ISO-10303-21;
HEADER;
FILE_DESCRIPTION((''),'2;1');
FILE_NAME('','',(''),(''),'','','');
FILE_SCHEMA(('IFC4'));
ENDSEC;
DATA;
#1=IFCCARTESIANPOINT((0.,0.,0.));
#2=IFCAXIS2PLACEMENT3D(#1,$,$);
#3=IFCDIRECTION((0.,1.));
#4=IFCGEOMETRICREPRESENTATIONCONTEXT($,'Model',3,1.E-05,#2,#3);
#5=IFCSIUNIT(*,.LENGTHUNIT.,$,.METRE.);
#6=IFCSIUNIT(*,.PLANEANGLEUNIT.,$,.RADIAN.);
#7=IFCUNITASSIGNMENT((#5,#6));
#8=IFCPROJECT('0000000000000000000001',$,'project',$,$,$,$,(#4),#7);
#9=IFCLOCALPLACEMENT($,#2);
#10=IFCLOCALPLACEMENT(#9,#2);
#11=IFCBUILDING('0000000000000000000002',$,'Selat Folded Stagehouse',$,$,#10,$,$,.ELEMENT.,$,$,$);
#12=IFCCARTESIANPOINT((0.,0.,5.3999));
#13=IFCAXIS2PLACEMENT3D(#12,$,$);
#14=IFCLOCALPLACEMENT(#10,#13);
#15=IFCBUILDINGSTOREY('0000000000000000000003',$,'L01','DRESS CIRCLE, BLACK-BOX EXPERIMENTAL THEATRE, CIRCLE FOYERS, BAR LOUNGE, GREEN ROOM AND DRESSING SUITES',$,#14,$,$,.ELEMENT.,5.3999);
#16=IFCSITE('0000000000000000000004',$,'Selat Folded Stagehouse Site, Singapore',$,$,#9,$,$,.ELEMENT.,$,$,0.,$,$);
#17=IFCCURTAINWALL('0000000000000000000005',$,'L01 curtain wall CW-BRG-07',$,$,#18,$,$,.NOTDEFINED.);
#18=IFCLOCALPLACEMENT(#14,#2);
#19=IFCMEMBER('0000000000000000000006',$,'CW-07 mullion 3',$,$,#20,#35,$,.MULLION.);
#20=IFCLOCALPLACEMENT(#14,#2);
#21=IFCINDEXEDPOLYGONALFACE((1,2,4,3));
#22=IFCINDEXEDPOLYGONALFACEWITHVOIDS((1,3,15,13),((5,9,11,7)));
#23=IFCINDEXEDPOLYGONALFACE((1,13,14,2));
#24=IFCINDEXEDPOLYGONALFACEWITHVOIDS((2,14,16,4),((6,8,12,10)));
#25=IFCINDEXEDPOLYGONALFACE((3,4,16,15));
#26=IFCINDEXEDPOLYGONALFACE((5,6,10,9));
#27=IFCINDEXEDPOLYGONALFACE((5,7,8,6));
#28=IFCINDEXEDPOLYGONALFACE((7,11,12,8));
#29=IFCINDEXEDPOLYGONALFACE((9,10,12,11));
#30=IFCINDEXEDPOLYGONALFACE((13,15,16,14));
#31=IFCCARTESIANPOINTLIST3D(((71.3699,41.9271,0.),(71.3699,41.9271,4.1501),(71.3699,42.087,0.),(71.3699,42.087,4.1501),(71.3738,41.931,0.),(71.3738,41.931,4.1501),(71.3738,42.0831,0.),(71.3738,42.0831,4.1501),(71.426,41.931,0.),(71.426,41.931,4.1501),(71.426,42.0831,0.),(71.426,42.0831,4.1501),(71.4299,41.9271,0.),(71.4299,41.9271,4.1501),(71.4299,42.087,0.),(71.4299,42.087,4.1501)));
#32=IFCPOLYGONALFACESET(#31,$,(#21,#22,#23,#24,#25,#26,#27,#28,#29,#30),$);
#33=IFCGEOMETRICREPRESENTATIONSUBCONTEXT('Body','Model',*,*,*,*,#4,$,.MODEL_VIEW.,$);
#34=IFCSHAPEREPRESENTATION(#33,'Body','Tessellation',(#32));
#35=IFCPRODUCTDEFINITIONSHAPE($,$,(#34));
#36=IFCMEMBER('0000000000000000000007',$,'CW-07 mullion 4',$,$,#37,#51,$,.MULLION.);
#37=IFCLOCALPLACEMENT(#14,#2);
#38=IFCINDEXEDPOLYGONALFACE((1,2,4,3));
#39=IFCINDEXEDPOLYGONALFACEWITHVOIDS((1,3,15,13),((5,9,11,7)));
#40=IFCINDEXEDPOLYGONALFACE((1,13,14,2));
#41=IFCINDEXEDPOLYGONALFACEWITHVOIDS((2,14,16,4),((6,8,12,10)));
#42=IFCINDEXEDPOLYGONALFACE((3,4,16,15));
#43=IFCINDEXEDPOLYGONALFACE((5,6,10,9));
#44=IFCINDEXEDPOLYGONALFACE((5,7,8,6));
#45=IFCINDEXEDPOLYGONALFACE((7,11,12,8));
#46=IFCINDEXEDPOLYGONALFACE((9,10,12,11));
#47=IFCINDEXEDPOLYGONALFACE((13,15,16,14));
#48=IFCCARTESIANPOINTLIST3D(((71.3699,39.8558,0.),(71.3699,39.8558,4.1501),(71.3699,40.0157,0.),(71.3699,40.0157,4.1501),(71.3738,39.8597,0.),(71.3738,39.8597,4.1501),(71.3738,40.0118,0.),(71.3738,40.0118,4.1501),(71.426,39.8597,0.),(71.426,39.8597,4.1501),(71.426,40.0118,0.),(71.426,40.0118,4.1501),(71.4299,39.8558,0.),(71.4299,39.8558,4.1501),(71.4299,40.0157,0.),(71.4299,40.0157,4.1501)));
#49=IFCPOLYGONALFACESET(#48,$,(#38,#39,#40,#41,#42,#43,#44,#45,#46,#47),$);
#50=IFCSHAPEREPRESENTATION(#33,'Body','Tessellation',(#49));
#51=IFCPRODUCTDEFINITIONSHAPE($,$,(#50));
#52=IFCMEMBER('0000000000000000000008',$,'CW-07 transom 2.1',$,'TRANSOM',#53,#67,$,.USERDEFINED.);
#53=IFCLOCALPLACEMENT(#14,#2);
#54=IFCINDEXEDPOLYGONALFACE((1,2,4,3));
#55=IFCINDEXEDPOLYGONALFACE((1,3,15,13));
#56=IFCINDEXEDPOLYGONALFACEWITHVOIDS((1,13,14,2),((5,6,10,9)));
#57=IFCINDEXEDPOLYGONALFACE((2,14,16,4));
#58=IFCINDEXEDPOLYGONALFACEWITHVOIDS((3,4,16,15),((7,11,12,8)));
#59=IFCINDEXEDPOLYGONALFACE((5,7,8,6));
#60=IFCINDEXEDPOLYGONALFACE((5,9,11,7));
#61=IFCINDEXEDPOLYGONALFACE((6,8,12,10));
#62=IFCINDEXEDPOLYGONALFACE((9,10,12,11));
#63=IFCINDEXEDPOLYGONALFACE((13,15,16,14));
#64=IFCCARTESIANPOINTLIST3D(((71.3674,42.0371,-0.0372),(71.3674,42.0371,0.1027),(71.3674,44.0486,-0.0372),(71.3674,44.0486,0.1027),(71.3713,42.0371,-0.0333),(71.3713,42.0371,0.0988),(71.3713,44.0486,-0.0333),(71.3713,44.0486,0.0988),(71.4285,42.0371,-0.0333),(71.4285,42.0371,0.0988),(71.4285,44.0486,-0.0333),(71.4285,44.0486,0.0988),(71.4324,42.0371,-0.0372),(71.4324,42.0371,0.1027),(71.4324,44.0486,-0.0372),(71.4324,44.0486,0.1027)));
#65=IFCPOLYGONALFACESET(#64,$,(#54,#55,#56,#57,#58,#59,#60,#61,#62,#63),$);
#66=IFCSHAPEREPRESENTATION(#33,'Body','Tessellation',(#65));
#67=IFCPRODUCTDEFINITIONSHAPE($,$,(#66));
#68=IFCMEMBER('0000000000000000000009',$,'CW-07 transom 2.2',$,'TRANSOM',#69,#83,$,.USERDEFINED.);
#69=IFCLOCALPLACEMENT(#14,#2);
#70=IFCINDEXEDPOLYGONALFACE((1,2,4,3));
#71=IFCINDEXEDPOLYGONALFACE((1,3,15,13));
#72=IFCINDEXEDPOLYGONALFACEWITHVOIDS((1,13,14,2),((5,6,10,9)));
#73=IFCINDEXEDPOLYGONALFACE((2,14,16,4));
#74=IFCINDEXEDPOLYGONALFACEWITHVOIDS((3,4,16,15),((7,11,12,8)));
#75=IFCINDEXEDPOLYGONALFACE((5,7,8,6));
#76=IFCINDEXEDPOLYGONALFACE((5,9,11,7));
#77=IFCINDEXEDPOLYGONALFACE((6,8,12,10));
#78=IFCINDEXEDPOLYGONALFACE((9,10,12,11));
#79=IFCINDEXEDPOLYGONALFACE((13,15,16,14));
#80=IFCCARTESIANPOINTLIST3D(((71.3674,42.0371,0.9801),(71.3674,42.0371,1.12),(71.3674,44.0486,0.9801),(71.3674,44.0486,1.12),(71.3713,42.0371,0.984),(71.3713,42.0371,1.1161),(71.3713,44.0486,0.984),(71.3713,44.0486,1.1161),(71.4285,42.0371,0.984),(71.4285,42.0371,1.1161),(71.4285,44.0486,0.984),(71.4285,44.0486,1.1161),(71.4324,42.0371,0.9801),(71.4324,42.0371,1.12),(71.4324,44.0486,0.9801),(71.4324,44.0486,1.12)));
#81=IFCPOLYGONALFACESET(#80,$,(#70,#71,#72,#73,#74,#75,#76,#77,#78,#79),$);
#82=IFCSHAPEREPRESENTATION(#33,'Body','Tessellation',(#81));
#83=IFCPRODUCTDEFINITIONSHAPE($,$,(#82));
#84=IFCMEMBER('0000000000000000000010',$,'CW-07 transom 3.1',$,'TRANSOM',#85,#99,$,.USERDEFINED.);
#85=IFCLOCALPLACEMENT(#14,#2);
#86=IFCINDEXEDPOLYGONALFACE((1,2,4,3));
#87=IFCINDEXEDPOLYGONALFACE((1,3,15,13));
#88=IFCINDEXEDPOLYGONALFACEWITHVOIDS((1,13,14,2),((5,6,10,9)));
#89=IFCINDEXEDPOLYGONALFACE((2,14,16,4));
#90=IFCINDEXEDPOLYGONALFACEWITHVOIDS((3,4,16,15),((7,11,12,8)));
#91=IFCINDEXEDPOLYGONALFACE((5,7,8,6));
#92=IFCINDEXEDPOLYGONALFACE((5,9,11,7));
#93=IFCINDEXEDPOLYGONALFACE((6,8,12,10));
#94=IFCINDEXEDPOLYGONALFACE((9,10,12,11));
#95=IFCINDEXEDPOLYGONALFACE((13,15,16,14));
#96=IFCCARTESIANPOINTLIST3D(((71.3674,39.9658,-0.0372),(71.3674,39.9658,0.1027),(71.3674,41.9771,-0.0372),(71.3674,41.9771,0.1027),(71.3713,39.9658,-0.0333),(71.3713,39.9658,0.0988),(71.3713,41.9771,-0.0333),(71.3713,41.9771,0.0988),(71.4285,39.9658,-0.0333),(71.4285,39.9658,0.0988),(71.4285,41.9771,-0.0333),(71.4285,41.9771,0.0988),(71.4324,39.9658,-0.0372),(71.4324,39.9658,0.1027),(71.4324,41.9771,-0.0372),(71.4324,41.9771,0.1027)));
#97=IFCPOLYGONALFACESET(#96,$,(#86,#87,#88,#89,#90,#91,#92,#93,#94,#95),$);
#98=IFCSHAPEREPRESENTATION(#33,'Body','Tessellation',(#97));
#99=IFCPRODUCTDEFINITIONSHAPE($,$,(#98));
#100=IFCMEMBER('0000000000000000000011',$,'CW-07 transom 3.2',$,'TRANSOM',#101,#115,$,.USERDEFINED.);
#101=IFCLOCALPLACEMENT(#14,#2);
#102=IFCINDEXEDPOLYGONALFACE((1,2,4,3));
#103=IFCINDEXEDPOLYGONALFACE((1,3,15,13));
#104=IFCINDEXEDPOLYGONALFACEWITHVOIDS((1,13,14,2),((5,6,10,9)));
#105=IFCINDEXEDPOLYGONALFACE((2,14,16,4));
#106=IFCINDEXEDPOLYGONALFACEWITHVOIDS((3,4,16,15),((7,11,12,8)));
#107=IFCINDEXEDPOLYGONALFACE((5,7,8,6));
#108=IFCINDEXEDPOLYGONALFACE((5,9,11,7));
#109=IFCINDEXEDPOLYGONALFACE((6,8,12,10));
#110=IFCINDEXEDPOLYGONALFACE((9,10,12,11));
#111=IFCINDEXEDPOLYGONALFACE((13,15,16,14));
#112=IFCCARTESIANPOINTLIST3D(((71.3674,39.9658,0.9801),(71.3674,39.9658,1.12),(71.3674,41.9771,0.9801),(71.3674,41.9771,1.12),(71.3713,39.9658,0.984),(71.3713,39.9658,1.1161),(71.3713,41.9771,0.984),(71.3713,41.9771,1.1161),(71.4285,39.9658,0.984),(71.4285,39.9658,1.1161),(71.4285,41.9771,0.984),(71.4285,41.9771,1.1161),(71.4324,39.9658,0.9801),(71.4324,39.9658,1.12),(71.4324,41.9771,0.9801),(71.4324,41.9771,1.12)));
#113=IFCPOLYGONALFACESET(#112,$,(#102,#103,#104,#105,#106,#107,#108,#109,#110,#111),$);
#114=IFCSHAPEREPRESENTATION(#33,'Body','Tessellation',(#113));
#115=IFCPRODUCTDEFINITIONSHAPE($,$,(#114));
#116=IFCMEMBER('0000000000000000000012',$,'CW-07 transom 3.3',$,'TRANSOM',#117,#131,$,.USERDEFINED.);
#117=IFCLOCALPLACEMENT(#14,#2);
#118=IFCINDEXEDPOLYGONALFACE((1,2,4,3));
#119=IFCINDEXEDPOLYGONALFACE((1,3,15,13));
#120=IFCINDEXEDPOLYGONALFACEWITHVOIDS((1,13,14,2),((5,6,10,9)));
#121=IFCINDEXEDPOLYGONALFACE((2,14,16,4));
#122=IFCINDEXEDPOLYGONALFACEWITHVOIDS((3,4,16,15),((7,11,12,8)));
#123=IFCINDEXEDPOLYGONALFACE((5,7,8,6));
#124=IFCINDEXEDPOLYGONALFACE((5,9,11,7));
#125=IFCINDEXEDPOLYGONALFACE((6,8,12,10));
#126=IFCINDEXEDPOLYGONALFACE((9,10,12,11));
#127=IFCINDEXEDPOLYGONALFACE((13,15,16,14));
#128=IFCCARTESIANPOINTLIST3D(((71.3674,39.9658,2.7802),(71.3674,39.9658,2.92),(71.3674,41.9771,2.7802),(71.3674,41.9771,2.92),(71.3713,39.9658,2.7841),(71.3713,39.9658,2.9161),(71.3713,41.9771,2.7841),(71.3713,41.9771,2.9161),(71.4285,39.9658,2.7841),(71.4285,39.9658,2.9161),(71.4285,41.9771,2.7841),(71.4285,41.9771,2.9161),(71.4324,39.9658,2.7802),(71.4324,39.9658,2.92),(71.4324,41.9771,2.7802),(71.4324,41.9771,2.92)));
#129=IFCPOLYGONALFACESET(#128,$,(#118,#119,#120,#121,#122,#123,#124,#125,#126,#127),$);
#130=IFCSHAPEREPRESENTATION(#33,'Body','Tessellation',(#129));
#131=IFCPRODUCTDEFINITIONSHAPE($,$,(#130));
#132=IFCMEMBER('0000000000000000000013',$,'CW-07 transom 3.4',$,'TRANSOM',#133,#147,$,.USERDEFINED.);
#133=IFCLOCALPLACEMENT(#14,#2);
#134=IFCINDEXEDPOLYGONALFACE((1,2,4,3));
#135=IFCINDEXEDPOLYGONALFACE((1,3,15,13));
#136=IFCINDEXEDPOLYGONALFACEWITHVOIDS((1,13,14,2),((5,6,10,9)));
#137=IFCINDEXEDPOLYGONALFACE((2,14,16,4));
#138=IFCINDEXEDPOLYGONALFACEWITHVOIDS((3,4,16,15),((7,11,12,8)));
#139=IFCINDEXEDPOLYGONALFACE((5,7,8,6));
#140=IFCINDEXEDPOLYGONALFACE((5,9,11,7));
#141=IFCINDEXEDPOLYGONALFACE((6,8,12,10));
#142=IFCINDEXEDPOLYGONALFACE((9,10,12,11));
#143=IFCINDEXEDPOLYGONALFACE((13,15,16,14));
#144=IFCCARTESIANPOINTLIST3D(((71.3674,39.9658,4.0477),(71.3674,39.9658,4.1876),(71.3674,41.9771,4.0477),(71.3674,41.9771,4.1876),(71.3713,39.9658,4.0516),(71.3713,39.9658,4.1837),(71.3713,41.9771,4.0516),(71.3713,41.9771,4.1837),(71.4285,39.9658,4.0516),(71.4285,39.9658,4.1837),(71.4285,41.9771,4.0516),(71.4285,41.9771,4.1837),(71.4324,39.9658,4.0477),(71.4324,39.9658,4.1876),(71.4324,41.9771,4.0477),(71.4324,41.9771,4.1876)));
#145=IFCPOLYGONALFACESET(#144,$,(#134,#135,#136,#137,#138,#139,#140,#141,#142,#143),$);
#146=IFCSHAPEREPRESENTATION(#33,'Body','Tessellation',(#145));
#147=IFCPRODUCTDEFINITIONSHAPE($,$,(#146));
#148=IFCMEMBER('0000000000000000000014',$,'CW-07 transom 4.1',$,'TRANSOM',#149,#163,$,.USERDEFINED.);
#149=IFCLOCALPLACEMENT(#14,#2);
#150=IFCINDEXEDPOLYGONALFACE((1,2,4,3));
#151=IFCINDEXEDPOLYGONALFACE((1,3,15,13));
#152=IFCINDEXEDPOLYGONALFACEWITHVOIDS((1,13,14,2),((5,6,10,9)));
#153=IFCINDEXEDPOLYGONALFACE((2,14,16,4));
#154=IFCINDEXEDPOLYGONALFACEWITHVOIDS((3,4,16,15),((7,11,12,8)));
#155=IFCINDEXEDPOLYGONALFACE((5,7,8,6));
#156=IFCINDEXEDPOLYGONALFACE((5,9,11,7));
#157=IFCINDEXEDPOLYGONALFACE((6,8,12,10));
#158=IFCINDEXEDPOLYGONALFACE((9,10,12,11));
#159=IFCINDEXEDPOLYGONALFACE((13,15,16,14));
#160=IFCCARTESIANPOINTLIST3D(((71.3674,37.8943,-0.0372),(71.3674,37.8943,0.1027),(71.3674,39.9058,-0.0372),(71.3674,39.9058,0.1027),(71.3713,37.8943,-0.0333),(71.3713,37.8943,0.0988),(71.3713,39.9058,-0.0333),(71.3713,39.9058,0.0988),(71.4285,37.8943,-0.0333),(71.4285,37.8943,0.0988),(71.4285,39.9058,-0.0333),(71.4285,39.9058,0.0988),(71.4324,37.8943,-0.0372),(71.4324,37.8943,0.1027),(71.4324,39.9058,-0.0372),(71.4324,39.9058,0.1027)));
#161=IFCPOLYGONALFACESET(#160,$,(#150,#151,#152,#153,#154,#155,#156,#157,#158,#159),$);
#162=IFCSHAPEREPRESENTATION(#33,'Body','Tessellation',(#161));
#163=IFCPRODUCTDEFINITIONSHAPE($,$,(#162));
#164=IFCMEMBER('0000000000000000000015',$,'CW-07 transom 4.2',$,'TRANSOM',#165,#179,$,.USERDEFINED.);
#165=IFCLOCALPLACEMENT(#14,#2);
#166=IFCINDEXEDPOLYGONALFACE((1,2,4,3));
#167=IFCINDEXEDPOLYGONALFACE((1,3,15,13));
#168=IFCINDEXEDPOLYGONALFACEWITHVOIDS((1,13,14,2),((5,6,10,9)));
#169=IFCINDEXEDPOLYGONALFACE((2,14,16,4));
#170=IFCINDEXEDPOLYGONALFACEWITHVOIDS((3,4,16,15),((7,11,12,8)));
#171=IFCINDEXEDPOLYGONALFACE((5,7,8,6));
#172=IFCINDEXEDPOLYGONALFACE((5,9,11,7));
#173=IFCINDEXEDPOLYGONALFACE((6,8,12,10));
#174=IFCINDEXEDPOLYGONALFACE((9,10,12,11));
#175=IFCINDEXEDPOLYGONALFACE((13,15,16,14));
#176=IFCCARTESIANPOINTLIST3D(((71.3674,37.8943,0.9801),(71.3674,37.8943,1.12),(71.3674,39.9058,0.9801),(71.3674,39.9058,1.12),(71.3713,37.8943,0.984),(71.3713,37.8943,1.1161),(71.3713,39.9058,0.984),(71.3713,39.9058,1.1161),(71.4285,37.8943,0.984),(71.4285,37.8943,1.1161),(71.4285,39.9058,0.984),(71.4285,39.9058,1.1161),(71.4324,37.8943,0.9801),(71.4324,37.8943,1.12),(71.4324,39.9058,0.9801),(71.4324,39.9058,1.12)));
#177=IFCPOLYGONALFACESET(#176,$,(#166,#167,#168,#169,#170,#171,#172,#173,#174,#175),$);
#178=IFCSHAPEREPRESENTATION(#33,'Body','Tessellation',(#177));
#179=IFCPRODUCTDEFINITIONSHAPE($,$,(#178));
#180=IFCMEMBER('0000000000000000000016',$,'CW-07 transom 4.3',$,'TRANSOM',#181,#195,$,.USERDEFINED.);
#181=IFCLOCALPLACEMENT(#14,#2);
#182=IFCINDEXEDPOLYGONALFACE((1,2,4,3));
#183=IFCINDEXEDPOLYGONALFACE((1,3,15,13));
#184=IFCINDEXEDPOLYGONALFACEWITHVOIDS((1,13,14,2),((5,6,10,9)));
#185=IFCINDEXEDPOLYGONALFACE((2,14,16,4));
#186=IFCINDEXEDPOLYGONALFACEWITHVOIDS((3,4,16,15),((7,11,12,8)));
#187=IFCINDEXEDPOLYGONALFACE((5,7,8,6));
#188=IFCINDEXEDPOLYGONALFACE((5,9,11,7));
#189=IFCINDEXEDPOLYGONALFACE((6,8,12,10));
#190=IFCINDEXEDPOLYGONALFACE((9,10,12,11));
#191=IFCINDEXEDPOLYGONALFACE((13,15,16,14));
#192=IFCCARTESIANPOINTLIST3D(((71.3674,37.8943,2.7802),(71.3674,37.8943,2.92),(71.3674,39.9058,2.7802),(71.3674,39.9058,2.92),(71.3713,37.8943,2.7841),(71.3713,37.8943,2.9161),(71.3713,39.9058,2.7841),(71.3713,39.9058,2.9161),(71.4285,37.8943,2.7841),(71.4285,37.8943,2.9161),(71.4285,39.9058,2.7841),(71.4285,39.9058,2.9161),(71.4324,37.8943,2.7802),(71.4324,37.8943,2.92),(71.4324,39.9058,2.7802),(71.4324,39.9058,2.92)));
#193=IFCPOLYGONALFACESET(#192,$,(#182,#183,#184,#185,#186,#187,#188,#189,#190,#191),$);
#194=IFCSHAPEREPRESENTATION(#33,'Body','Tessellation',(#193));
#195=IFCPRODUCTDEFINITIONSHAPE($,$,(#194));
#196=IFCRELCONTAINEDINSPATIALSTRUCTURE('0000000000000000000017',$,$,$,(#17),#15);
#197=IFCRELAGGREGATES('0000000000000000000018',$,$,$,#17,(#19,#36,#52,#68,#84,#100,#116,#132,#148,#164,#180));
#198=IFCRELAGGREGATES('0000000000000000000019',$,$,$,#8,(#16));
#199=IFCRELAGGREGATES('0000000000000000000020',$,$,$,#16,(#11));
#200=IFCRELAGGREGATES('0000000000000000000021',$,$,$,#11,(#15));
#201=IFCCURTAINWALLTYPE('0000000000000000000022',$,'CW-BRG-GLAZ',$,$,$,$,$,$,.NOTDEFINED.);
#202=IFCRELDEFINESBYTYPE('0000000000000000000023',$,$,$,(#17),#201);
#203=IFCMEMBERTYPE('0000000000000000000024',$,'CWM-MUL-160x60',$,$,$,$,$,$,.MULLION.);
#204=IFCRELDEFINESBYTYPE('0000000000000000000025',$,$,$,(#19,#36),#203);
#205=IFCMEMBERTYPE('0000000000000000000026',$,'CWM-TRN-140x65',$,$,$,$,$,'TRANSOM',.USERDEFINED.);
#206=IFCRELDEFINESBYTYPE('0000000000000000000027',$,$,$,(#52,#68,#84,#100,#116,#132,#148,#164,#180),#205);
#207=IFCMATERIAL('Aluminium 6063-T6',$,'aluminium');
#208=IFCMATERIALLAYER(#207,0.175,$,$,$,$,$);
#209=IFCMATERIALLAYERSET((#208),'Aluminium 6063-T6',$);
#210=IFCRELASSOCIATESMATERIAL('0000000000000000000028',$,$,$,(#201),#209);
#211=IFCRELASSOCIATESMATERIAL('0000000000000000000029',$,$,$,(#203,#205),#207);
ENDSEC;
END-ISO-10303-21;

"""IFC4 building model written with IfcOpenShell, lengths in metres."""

from ifc_helpers import new_model, si_unit, direction, frame, origin, origin_2d, place, context, subcontext, project, spatial, hollow_rectangle, extrude, material, layer, layer_set, material_profile, profile_set, type_object, element, aggregate, save


model = new_model("IFC4")

# Units and contexts
model_context = context("Model", 3, precision=1e-05, world=origin(), true_north=direction((0.0, 1.0)))
body_context = subcontext(model_context, "Body", "Model", "MODEL_VIEW")
ifc_project = project(units=[si_unit("LENGTHUNIT", "METRE"), si_unit("PLANEANGLEUNIT", "RADIAN")], contexts=[model_context])

# Site, building, storey
site_placement = place(None, origin())
site = spatial("IfcSite", under=ifc_project, at=site_placement, Name="Selat Folded Stagehouse Site, Singapore", CompositionType="ELEMENT", RefElevation=0.0)
building_placement = place(site_placement, origin())
building = spatial("IfcBuilding", under=site, at=building_placement, Name="Selat Folded Stagehouse", CompositionType="ELEMENT")
storey_placement = place(building_placement, frame((0.0, 0.0, 5.3999)))
storey = spatial("IfcBuildingStorey", under=building, at=storey_placement, Name="L01", Description="DRESS CIRCLE, BLACK-BOX EXPERIMENTAL THEATRE, CIRCLE FOYERS, BAR LOUNGE, GREEN ROOM AND DRESSING SUITES", CompositionType="ELEMENT", Elevation=5.3999)

# Curtain wall, members
ifc_material_1 = material(Name="Aluminium 6063-T6", Category="aluminium")
ifc_layer_1 = layer(ifc_material_1, 0.175)
ifc_layer_set_1 = layer_set([ifc_layer_1], Name="Aluminium 6063-T6")
curtain_wall_type = type_object("IfcCurtainWallType", Name="CW-BRG-GLAZ", PredefinedType="NOTDEFINED", material=ifc_layer_set_1)
curtain_wall_placement = place(storey_placement, origin())
curtain_wall = element("IfcCurtainWall", 1, at=curtain_wall_placement, inside=storey, type_object=curtain_wall_type, Name="L01 curtain wall CW-BRG-07", PredefinedType="NOTDEFINED")
ifc_material_profile_1 = material_profile(ifc_material_1, hollow_rectangle(XDim=0.0601, YDim=0.1599, WallThickness=0.0039, at=origin_2d()), Name="ALU 160x60x4.0")
ifc_profile_set_1 = profile_set([ifc_material_profile_1], Name="Aluminium 6063-T6")
member_type_1 = type_object("IfcMemberType", Name="CWM-MUL-160x60", PredefinedType="MULLION", material=ifc_profile_set_1)
member_1_placement = place(storey_placement, frame((71.3999, 42.0071, 0.0), z_axis=(0.0, 0.0, 1.0), x_axis=(1.0, 0.0, 0.0)))
member_1 = element("IfcMember", 2, at=member_1_placement, type_object=member_type_1, Name="CW-07 mullion 3", PredefinedType="MULLION", context=body_context, shape_type="SweptSolid", body=[
    extrude(hollow_rectangle(XDim=0.0601, YDim=0.1599, WallThickness=0.0039, at=origin_2d()), origin(), (0.0, 0.0, 1.0), 4.1501),
])
member_2_placement = place(storey_placement, frame((71.3999, 39.9358, 0.0), z_axis=(0.0, 0.0, 1.0), x_axis=(1.0, 0.0, 0.0)))
member_2 = element("IfcMember", 3, at=member_2_placement, type_object=member_type_1, Name="CW-07 mullion 4", PredefinedType="MULLION", context=body_context, shape_type="SweptSolid", body=[
    extrude(hollow_rectangle(XDim=0.0601, YDim=0.1599, WallThickness=0.0039, at=origin_2d()), origin(), (0.0, 0.0, 1.0), 4.1501),
])
ifc_material_profile_2 = material_profile(ifc_material_1, hollow_rectangle(XDim=0.0649, YDim=0.1399, WallThickness=0.0039, at=origin_2d()), Name="ALU 140x65x4.0")
ifc_profile_set_2 = profile_set([ifc_material_profile_2], Name="Aluminium 6063-T6")
member_type_2 = type_object("IfcMemberType", Name="CWM-TRN-140x65", ElementType="TRANSOM", PredefinedType="USERDEFINED", material=ifc_profile_set_2)
member_3_placement = place(storey_placement, frame((71.3999, 44.0486, 0.0327), z_axis=(0.0, -1.0, 0.0), x_axis=(1.0, 0.0, 0.0)))
member_3 = element("IfcMember", 4, at=member_3_placement, type_object=member_type_2, Name="CW-07 transom 2.1", ObjectType="TRANSOM", PredefinedType="USERDEFINED", context=body_context, shape_type="SweptSolid", body=[
    extrude(hollow_rectangle(XDim=0.0649, YDim=0.1399, WallThickness=0.0039, at=origin_2d()), origin(), (0.0, 0.0, 1.0), 2.0115),
])
member_4_placement = place(storey_placement, frame((71.3999, 44.0486, 1.05), z_axis=(0.0, -1.0, 0.0), x_axis=(1.0, 0.0, 0.0)))
member_4 = element("IfcMember", 5, at=member_4_placement, type_object=member_type_2, Name="CW-07 transom 2.2", ObjectType="TRANSOM", PredefinedType="USERDEFINED", context=body_context, shape_type="SweptSolid", body=[
    extrude(hollow_rectangle(XDim=0.0649, YDim=0.1399, WallThickness=0.0039, at=origin_2d()), origin(), (0.0, 0.0, 1.0), 2.0115),
])
member_5_placement = place(storey_placement, frame((71.3999, 41.9771, 0.0327), z_axis=(0.0, -1.0, 0.0), x_axis=(1.0, 0.0, 0.0)))
member_5 = element("IfcMember", 6, at=member_5_placement, type_object=member_type_2, Name="CW-07 transom 3.1", ObjectType="TRANSOM", PredefinedType="USERDEFINED", context=body_context, shape_type="SweptSolid", body=[
    extrude(hollow_rectangle(XDim=0.0649, YDim=0.1399, WallThickness=0.0039, at=origin_2d()), origin(), (0.0, 0.0, 1.0), 2.0112),
])
member_6_placement = place(storey_placement, frame((71.3999, 41.9771, 1.05), z_axis=(0.0, -1.0, 0.0), x_axis=(1.0, 0.0, 0.0)))
member_6 = element("IfcMember", 7, at=member_6_placement, type_object=member_type_2, Name="CW-07 transom 3.2", ObjectType="TRANSOM", PredefinedType="USERDEFINED", context=body_context, shape_type="SweptSolid", body=[
    extrude(hollow_rectangle(XDim=0.0649, YDim=0.1399, WallThickness=0.0039, at=origin_2d()), origin(), (0.0, 0.0, 1.0), 2.0112),
])
member_7_placement = place(storey_placement, frame((71.3999, 41.9771, 2.8501), z_axis=(0.0, -1.0, 0.0), x_axis=(1.0, 0.0, 0.0)))
member_7 = element("IfcMember", 8, at=member_7_placement, type_object=member_type_2, Name="CW-07 transom 3.3", ObjectType="TRANSOM", PredefinedType="USERDEFINED", context=body_context, shape_type="SweptSolid", body=[
    extrude(hollow_rectangle(XDim=0.0649, YDim=0.1399, WallThickness=0.0039, at=origin_2d()), origin(), (0.0, 0.0, 1.0), 2.0112),
])
member_8_placement = place(storey_placement, frame((71.3999, 41.9771, 4.1177), z_axis=(0.0, -1.0, 0.0), x_axis=(1.0, 0.0, 0.0)))
member_8 = element("IfcMember", 9, at=member_8_placement, type_object=member_type_2, Name="CW-07 transom 3.4", ObjectType="TRANSOM", PredefinedType="USERDEFINED", context=body_context, shape_type="SweptSolid", body=[
    extrude(hollow_rectangle(XDim=0.0649, YDim=0.1399, WallThickness=0.0039, at=origin_2d()), origin(), (0.0, 0.0, 1.0), 2.0112),
])
member_9_placement = place(storey_placement, frame((71.3999, 39.9058, 0.0327), z_axis=(0.0, -1.0, 0.0), x_axis=(1.0, 0.0, 0.0)))
member_9 = element("IfcMember", 10, at=member_9_placement, type_object=member_type_2, Name="CW-07 transom 4.1", ObjectType="TRANSOM", PredefinedType="USERDEFINED", context=body_context, shape_type="SweptSolid", body=[
    extrude(hollow_rectangle(XDim=0.0649, YDim=0.1399, WallThickness=0.0039, at=origin_2d()), origin(), (0.0, 0.0, 1.0), 2.0115),
])
member_10_placement = place(storey_placement, frame((71.3999, 39.9058, 1.05), z_axis=(0.0, -1.0, 0.0), x_axis=(1.0, 0.0, 0.0)))
member_10 = element("IfcMember", 11, at=member_10_placement, type_object=member_type_2, Name="CW-07 transom 4.2", ObjectType="TRANSOM", PredefinedType="USERDEFINED", context=body_context, shape_type="SweptSolid", body=[
    extrude(hollow_rectangle(XDim=0.0649, YDim=0.1399, WallThickness=0.0039, at=origin_2d()), origin(), (0.0, 0.0, 1.0), 2.0115),
])
member_11_placement = place(storey_placement, frame((71.3999, 39.9058, 2.8501), z_axis=(0.0, -1.0, 0.0), x_axis=(1.0, 0.0, 0.0)))
member_11 = element("IfcMember", 12, at=member_11_placement, type_object=member_type_2, Name="CW-07 transom 4.3", ObjectType="TRANSOM", PredefinedType="USERDEFINED", context=body_context, shape_type="SweptSolid", body=[
    extrude(hollow_rectangle(XDim=0.0649, YDim=0.1399, WallThickness=0.0039, at=origin_2d()), origin(), (0.0, 0.0, 1.0), 2.0115),
])
aggregate(curtain_wall, [member_1, member_2, member_3, member_4, member_5, member_6, member_7, member_8, member_9, member_10, member_11])

save(model, "model.ifc")
